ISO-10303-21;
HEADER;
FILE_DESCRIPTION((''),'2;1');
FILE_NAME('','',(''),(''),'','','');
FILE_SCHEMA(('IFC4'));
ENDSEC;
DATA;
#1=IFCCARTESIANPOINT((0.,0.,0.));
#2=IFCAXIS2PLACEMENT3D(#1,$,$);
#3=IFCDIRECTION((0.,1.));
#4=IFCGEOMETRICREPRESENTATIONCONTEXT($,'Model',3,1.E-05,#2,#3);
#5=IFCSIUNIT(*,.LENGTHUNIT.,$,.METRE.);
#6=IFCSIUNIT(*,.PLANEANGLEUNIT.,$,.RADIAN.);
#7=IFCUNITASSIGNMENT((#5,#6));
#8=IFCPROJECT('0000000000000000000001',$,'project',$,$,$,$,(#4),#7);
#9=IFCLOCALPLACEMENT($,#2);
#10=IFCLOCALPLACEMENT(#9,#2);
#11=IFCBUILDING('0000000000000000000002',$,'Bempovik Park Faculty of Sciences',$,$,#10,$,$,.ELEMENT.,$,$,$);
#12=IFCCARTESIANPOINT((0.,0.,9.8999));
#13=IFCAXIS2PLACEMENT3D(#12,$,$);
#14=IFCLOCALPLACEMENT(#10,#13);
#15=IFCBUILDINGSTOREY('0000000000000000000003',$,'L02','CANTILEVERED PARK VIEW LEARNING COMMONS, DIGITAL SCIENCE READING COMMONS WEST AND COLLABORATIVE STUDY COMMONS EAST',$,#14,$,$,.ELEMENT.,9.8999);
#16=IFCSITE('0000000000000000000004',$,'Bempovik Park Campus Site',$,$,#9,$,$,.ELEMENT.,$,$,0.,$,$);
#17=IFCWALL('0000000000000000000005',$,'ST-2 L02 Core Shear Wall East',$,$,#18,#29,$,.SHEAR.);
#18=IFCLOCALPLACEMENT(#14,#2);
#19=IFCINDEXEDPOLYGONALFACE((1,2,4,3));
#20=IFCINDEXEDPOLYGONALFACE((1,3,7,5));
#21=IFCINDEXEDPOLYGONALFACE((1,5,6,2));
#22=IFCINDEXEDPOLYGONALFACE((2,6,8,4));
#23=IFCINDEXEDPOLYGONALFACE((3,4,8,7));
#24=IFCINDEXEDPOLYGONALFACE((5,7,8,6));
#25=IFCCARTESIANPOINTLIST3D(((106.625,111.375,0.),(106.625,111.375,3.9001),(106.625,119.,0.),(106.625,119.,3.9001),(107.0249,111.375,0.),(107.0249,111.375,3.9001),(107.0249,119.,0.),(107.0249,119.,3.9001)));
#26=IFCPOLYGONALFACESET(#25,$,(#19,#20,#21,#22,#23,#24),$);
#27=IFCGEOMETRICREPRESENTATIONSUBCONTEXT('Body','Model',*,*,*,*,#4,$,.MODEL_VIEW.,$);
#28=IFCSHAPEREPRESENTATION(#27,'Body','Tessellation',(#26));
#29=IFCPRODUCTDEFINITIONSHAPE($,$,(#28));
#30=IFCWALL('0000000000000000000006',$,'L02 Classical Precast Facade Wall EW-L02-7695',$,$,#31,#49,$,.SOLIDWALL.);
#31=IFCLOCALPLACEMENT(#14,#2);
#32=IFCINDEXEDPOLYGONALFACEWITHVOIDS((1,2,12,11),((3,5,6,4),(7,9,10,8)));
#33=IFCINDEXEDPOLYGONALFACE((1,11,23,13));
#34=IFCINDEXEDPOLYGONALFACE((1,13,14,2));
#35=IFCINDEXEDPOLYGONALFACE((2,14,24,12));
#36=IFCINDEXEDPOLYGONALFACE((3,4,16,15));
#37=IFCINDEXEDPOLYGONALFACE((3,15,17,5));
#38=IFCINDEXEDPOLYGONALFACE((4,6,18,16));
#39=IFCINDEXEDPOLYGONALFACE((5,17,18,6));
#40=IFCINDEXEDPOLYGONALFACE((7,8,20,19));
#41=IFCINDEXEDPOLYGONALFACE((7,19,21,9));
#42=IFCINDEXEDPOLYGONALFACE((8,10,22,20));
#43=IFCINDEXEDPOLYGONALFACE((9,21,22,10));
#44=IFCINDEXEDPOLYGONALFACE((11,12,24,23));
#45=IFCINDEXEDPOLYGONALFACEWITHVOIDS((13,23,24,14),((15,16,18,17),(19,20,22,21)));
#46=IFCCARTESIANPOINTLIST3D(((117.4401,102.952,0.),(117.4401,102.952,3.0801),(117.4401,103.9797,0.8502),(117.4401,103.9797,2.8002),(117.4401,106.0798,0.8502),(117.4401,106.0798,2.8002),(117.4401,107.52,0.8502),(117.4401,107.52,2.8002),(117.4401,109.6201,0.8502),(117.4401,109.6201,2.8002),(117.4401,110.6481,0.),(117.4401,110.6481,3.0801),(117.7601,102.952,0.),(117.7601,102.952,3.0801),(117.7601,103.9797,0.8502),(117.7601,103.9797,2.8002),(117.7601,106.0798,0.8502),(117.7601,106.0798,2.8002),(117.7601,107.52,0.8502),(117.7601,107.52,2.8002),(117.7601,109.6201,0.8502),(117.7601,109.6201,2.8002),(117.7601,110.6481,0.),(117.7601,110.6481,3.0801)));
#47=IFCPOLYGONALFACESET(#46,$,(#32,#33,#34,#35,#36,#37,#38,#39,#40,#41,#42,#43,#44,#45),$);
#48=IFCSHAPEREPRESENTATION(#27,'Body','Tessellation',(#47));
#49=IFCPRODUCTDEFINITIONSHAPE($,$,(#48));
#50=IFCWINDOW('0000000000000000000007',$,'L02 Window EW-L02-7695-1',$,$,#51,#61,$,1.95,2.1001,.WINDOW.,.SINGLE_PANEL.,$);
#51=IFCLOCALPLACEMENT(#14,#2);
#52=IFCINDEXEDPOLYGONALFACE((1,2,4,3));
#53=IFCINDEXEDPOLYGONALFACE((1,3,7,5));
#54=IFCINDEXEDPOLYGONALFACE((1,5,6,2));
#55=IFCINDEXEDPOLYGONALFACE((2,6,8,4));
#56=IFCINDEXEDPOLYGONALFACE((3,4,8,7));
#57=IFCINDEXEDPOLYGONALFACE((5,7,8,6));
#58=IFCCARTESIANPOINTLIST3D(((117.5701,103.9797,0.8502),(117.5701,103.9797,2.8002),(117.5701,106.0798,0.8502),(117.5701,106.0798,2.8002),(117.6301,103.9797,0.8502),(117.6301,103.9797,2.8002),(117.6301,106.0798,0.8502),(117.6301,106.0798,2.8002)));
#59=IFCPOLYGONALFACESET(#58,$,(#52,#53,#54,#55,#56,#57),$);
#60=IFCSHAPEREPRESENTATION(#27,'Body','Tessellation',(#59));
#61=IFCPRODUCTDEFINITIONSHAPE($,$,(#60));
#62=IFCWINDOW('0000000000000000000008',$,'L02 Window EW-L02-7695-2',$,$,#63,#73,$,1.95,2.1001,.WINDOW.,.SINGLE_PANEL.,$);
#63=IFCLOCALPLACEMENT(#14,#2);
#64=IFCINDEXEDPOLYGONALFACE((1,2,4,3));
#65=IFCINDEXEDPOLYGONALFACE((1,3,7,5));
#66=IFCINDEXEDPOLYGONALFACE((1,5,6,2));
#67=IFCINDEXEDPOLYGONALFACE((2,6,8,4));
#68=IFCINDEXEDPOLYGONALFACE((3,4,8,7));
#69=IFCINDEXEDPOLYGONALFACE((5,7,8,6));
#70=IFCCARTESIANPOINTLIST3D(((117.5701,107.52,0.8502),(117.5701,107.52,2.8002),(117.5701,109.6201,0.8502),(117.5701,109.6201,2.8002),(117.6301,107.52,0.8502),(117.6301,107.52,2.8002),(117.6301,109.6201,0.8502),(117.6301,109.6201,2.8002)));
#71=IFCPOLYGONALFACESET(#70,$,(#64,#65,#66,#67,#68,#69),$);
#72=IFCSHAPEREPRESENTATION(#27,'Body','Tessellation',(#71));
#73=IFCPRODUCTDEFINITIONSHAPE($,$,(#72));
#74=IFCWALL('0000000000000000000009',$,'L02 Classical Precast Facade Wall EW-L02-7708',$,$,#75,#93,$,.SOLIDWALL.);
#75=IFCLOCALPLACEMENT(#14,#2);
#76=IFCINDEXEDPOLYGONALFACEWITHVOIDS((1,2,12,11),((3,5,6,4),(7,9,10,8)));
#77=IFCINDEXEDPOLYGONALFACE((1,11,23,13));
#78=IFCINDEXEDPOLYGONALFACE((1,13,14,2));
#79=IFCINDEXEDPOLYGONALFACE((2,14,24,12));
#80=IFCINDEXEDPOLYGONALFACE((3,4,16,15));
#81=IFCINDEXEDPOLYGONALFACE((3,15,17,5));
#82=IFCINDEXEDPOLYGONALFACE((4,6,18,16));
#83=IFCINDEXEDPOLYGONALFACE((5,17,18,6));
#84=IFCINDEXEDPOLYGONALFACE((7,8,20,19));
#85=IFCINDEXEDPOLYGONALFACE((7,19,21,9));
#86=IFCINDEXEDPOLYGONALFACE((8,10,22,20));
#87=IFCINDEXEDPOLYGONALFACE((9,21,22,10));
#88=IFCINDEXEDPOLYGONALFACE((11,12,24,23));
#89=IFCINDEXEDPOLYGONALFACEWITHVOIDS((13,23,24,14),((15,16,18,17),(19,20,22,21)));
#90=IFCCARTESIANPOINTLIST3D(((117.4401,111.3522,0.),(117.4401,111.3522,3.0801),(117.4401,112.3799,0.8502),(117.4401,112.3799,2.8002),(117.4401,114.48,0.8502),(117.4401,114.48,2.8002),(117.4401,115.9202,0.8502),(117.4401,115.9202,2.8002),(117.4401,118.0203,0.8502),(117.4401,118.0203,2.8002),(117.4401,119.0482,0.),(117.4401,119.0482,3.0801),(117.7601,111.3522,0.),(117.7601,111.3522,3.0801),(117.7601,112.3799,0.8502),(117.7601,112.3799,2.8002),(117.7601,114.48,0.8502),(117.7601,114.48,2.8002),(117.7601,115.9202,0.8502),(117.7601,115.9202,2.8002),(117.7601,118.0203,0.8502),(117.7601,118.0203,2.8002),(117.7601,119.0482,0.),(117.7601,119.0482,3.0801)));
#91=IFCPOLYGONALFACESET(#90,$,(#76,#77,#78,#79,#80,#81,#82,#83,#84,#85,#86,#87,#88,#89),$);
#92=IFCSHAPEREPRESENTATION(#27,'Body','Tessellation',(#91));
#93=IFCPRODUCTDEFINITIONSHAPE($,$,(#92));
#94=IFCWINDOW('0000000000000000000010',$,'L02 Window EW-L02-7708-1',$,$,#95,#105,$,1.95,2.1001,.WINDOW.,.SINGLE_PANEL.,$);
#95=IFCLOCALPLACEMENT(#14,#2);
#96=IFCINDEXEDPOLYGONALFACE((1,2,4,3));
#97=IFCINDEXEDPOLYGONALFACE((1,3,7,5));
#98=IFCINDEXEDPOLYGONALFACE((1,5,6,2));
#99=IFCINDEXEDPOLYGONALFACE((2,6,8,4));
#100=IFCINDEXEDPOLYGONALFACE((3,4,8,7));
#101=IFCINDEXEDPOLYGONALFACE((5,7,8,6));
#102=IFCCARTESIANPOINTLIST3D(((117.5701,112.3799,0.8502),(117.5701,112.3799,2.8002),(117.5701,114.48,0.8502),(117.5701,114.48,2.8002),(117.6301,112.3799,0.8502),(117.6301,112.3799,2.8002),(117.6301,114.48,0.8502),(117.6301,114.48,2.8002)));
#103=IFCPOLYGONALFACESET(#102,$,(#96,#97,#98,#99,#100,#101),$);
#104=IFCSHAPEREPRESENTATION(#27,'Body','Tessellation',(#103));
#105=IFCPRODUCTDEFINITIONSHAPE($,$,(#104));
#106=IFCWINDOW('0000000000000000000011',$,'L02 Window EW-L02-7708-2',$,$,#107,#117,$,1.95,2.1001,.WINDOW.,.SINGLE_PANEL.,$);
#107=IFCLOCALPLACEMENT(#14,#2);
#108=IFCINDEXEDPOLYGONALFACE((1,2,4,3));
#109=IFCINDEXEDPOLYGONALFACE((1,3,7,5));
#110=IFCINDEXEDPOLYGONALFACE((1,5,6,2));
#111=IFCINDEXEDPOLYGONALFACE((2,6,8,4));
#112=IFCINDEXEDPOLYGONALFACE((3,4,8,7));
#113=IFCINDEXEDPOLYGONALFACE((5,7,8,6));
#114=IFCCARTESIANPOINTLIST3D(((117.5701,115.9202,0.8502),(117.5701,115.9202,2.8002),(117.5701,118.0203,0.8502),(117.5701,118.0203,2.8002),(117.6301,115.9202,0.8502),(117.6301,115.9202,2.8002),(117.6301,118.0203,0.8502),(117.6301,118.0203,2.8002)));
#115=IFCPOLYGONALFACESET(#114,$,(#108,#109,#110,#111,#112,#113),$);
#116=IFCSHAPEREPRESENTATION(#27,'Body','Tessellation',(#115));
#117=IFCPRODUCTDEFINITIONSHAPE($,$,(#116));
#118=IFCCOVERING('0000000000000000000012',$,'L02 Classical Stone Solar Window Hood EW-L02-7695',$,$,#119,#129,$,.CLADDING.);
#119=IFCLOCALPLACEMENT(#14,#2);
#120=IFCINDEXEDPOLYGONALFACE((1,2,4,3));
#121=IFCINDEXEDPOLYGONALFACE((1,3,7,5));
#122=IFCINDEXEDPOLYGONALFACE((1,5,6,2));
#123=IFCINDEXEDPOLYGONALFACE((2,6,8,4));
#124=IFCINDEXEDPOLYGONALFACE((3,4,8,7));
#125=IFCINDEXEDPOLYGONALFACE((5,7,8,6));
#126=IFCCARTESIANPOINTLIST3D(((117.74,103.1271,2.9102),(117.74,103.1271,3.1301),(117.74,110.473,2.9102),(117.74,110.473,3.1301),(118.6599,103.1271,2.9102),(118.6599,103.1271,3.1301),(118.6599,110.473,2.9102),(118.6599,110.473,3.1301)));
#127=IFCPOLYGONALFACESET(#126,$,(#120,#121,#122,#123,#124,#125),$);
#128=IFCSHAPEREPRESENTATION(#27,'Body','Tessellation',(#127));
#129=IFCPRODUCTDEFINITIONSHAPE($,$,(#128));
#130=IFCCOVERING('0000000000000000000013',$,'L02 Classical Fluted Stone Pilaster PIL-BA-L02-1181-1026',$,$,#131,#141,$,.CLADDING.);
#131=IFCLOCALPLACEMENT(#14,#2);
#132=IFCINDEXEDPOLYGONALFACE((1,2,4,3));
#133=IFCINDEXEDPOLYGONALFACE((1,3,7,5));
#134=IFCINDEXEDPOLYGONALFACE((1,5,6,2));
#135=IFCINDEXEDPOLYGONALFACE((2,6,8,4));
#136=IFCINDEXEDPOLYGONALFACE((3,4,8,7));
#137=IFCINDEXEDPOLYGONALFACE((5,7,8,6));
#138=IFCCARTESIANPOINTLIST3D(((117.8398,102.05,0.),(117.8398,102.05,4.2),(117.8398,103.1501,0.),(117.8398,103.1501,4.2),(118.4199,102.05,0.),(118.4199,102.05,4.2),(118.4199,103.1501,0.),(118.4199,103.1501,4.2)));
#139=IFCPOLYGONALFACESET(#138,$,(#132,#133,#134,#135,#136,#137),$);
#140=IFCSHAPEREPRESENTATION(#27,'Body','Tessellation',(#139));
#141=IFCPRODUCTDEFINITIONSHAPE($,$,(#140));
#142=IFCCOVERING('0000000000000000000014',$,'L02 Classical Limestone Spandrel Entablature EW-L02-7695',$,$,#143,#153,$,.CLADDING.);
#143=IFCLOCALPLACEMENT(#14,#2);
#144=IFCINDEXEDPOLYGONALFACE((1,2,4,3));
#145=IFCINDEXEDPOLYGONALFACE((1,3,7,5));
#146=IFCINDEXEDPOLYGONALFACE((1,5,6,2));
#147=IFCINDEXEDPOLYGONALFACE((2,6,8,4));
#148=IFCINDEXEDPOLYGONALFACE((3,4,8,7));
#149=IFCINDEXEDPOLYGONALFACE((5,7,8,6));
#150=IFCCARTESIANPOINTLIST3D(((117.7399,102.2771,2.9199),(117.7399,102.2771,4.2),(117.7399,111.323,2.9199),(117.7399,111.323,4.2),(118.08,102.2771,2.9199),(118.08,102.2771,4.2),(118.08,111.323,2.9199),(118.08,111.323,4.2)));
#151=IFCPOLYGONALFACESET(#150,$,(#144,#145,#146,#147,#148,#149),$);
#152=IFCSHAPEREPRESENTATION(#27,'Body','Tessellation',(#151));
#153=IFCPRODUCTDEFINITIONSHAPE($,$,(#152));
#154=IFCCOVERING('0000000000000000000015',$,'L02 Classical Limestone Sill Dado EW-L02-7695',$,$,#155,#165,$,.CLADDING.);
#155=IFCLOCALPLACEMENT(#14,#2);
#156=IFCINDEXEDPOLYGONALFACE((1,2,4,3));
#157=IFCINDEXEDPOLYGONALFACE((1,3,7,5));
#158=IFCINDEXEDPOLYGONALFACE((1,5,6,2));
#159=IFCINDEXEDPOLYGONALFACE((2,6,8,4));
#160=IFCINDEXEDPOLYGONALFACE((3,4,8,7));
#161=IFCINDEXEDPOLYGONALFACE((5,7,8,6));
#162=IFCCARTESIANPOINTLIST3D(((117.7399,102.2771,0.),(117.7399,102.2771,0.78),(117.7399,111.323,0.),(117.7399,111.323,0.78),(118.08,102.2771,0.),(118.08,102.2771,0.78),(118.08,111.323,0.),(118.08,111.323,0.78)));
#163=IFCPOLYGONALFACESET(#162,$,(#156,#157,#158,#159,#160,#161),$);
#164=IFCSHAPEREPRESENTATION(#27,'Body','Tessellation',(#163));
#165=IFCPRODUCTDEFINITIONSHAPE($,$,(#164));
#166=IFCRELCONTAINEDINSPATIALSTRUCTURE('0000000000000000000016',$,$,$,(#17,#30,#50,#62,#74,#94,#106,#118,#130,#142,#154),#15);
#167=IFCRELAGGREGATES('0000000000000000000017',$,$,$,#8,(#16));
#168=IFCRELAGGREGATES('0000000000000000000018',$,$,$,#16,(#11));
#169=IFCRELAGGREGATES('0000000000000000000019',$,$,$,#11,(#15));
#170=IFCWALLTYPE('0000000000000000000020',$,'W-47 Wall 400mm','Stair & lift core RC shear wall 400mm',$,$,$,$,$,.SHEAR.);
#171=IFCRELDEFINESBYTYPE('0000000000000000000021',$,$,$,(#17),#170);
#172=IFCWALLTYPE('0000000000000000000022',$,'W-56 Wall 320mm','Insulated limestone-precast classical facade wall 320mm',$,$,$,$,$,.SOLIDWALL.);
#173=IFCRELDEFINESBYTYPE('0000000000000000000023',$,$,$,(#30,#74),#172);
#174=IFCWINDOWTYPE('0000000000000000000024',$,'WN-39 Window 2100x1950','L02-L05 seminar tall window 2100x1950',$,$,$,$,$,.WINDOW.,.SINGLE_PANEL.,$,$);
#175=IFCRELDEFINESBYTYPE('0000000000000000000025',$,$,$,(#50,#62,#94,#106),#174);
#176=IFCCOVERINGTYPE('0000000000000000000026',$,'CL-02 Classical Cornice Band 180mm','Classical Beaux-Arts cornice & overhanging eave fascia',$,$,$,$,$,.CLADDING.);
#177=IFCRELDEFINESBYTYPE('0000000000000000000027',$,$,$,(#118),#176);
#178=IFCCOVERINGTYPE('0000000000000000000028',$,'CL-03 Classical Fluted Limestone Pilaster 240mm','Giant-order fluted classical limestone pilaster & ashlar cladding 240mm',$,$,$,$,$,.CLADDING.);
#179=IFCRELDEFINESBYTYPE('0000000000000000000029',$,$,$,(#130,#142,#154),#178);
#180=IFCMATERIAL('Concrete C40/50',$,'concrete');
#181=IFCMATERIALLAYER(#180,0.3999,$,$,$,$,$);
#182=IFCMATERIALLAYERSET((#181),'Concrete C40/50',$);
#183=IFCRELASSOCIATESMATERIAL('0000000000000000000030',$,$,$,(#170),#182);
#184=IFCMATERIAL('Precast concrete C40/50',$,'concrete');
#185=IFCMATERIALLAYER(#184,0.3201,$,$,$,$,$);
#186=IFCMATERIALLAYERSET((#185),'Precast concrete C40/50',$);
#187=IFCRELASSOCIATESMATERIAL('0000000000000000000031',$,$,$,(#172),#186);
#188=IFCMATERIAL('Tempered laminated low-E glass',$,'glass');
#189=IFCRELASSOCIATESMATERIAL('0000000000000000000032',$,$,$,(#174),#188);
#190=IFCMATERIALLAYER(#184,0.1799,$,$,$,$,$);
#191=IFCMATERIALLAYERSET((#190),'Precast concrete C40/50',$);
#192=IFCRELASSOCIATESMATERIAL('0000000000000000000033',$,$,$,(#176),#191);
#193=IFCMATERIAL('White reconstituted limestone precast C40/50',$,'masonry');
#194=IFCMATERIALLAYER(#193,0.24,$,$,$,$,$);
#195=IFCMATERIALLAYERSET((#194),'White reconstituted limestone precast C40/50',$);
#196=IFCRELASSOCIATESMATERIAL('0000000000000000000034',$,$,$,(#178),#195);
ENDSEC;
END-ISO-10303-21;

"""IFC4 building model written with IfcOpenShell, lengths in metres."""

from ifc_helpers import new_model, si_unit, direction, frame, frame_2d, origin, origin_2d, place, context, subcontext, project, spatial, rectangle, extrude, material, layer, layer_set, type_object, element, fill, save


model = new_model("IFC4")

# Units and contexts
model_context = context("Model", 3, precision=1e-05, world=origin(), true_north=direction((0.0, 1.0)))
body_context = subcontext(model_context, "Body", "Model", "MODEL_VIEW")
ifc_project = project(units=[si_unit("LENGTHUNIT", "METRE"), si_unit("PLANEANGLEUNIT", "RADIAN")], contexts=[model_context])

# Site, building, storey
site_placement = place(None, origin())
site = spatial("IfcSite", under=ifc_project, at=site_placement, Name="Bempovik Park Campus Site", CompositionType="ELEMENT", RefElevation=0.0)
building_placement = place(site_placement, origin())
building = spatial("IfcBuilding", under=site, at=building_placement, Name="Bempovik Park Faculty of Sciences", CompositionType="ELEMENT")
storey_placement = place(building_placement, frame((0.0, 0.0, 9.8999)))
storey = spatial("IfcBuildingStorey", under=building, at=storey_placement, Name="L02", Description="CANTILEVERED PARK VIEW LEARNING COMMONS, DIGITAL SCIENCE READING COMMONS WEST AND COLLABORATIVE STUDY COMMONS EAST", CompositionType="ELEMENT", Elevation=9.8999)

# Shared definitions
ifc_material_1 = material(Name="Concrete C40/50", Category="concrete")

# Wall
ifc_layer_1 = layer(ifc_material_1, 0.3999)
ifc_layer_set_1 = layer_set([ifc_layer_1], Name="Concrete C40/50")
wall_type_1 = type_object("IfcWallType", Name="W-47 Wall 400mm", Description="Stair & lift core RC shear wall 400mm", PredefinedType="SHEAR", material=ifc_layer_set_1)
wall_1_placement = place(storey_placement, frame((106.825, 111.375, 0.0), z_axis=(0.0, 0.0, 1.0), x_axis=(0.0, 1.0, 0.0)))
element("IfcWall", 1, at=wall_1_placement, inside=storey, type_object=wall_type_1, Name="ST-2 L02 Core Shear Wall East", PredefinedType="SHEAR", context=body_context, shape_type="SweptSolid", body=[
    extrude(rectangle(XDim=7.625, YDim=0.3999, at=frame_2d((3.8125, 0.0))), origin(), (0.0, 0.0, 1.0), 3.9001),
])

# Walls, openings, windows
ifc_material_2 = material(Name="Precast concrete C40/50", Category="concrete")
ifc_layer_2 = layer(ifc_material_2, 0.3201)
ifc_layer_set_2 = layer_set([ifc_layer_2], Name="Precast concrete C40/50")
wall_type_2 = type_object("IfcWallType", Name="W-56 Wall 320mm", Description="Insulated limestone-precast classical facade wall 320mm", PredefinedType="SOLIDWALL", material=ifc_layer_set_2)
wall_2_placement = place(storey_placement, frame((117.6001, 102.9519, 0.0), z_axis=(0.0, 0.0, 1.0), x_axis=(0.0, 1.0, 0.0)))
wall_2 = element("IfcWall", 2, at=wall_2_placement, inside=storey, type_object=wall_type_2, Name="L02 Classical Precast Facade Wall EW-L02-7695", PredefinedType="SOLIDWALL", context=body_context, shape_type="SweptSolid", body=[
    extrude(rectangle(XDim=7.696, YDim=0.3201, at=frame_2d((3.8481, 0.0))), origin(), (0.0, 0.0, 1.0), 3.0801),
])
opening_1_placement = place(wall_2_placement, frame((1.0278, 0.0, 0.8501)))
opening_1 = element("IfcOpeningElement", 3, at=opening_1_placement, cuts=wall_2, PredefinedType="OPENING", context=body_context, shape_type="SweptSolid", body=[
    extrude(rectangle(XDim=2.1001, YDim=1.95, at=frame_2d((1.05, 0.9751))), frame((0.0, 0.1699, 0.0), z_axis=(0.0, -1.0, 0.0), x_axis=(1.0, 0.0, 0.0)), (0.0, 0.0, 1.0), 0.3401),
])
opening_2_placement = place(wall_2_placement, frame((4.5681, 0.0, 0.8501)))
opening_2 = element("IfcOpeningElement", 4, at=opening_2_placement, cuts=wall_2, PredefinedType="OPENING", context=body_context, shape_type="SweptSolid", body=[
    extrude(rectangle(XDim=2.1001, YDim=1.95, at=frame_2d((1.05, 0.9751))), frame((0.0, 0.1699, 0.0), z_axis=(0.0, -1.0, 0.0), x_axis=(1.0, 0.0, 0.0)), (0.0, 0.0, 1.0), 0.3401),
])
ifc_material_3 = material(Name="Tempered laminated low-E glass", Category="glass")
window_type = type_object("IfcWindowType", Name="WN-39 Window 2100x1950", Description="L02-L05 seminar tall window 2100x1950", PartitioningType="SINGLE_PANEL", PredefinedType="WINDOW", material=ifc_material_3)
window_1_placement = place(opening_1_placement, origin())
window_1 = element("IfcWindow", 5, at=window_1_placement, inside=storey, type_object=window_type, Name="L02 Window EW-L02-7695-1", OverallHeight=1.95, OverallWidth=2.1001, PartitioningType="SINGLE_PANEL", PredefinedType="WINDOW", context=body_context, shape_type="SweptSolid", body=[
    extrude(rectangle(XDim=2.1001, YDim=1.95, at=frame_2d((1.05, 0.9751))), frame((0.0, 0.03, 0.0), z_axis=(0.0, -1.0, 0.0), x_axis=(1.0, 0.0, 0.0)), (0.0, 0.0, 1.0), 0.0601),
])
fill(opening_1, window_1)
window_2_placement = place(opening_2_placement, origin())
window_2 = element("IfcWindow", 6, at=window_2_placement, inside=storey, type_object=window_type, Name="L02 Window EW-L02-7695-2", OverallHeight=1.95, OverallWidth=2.1001, PartitioningType="SINGLE_PANEL", PredefinedType="WINDOW", context=body_context, shape_type="SweptSolid", body=[
    extrude(rectangle(XDim=2.1001, YDim=1.95, at=frame_2d((1.05, 0.9751))), frame((0.0, 0.03, 0.0), z_axis=(0.0, -1.0, 0.0), x_axis=(1.0, 0.0, 0.0)), (0.0, 0.0, 1.0), 0.0601),
])
fill(opening_2, window_2)
wall_3_placement = place(storey_placement, frame((117.6001, 111.3521, 0.0), z_axis=(0.0, 0.0, 1.0), x_axis=(0.0, 1.0, 0.0)))
wall_3 = element("IfcWall", 7, at=wall_3_placement, inside=storey, type_object=wall_type_2, Name="L02 Classical Precast Facade Wall EW-L02-7708", PredefinedType="SOLIDWALL", context=body_context, shape_type="SweptSolid", body=[
    extrude(rectangle(XDim=7.696, YDim=0.3201, at=frame_2d((3.8481, 0.0))), origin(), (0.0, 0.0, 1.0), 3.0801),
])
opening_3_placement = place(wall_3_placement, frame((1.0278, 0.0, 0.8501)))
opening_3 = element("IfcOpeningElement", 8, at=opening_3_placement, cuts=wall_3, PredefinedType="OPENING", context=body_context, shape_type="SweptSolid", body=[
    extrude(rectangle(XDim=2.1001, YDim=1.95, at=frame_2d((1.05, 0.9751))), frame((0.0, 0.1699, 0.0), z_axis=(0.0, -1.0, 0.0), x_axis=(1.0, 0.0, 0.0)), (0.0, 0.0, 1.0), 0.3401),
])
opening_4_placement = place(wall_3_placement, frame((4.5681, 0.0, 0.8501)))
opening_4 = element("IfcOpeningElement", 9, at=opening_4_placement, cuts=wall_3, PredefinedType="OPENING", context=body_context, shape_type="SweptSolid", body=[
    extrude(rectangle(XDim=2.1001, YDim=1.95, at=frame_2d((1.05, 0.9751))), frame((0.0, 0.1699, 0.0), z_axis=(0.0, -1.0, 0.0), x_axis=(1.0, 0.0, 0.0)), (0.0, 0.0, 1.0), 0.3401),
])
window_3_placement = place(opening_3_placement, origin())
window_3 = element("IfcWindow", 10, at=window_3_placement, inside=storey, type_object=window_type, Name="L02 Window EW-L02-7708-1", OverallHeight=1.95, OverallWidth=2.1001, PartitioningType="SINGLE_PANEL", PredefinedType="WINDOW", context=body_context, shape_type="SweptSolid", body=[
    extrude(rectangle(XDim=2.1001, YDim=1.95, at=frame_2d((1.05, 0.9751))), frame((0.0, 0.03, 0.0), z_axis=(0.0, -1.0, 0.0), x_axis=(1.0, 0.0, 0.0)), (0.0, 0.0, 1.0), 0.0601),
])
fill(opening_3, window_3)
window_4_placement = place(opening_4_placement, origin())
window_4 = element("IfcWindow", 11, at=window_4_placement, inside=storey, type_object=window_type, Name="L02 Window EW-L02-7708-2", OverallHeight=1.95, OverallWidth=2.1001, PartitioningType="SINGLE_PANEL", PredefinedType="WINDOW", context=body_context, shape_type="SweptSolid", body=[
    extrude(rectangle(XDim=2.1001, YDim=1.95, at=frame_2d((1.05, 0.9751))), frame((0.0, 0.03, 0.0), z_axis=(0.0, -1.0, 0.0), x_axis=(1.0, 0.0, 0.0)), (0.0, 0.0, 1.0), 0.0601),
])
fill(opening_4, window_4)

# Coverings
ifc_layer_3 = layer(ifc_material_2, 0.1799)
ifc_layer_set_3 = layer_set([ifc_layer_3], Name="Precast concrete C40/50")
covering_type_1 = type_object("IfcCoveringType", Name="CL-02 Classical Cornice Band 180mm", Description="Classical Beaux-Arts cornice & overhanging eave fascia", PredefinedType="CLADDING", material=ifc_layer_set_3)
covering_1_placement = place(storey_placement, frame((118.2, 106.8, 2.9102), z_axis=(0.0, 0.0, 1.0), x_axis=(1.0, 0.0, 0.0)))
element("IfcCovering", 12, at=covering_1_placement, inside=storey, type_object=covering_type_1, Name="L02 Classical Stone Solar Window Hood EW-L02-7695", PredefinedType="CLADDING", context=body_context, shape_type="SweptSolid", body=[
    extrude(rectangle(XDim=0.9199, YDim=7.3459, at=origin_2d()), origin(), (0.0, 0.0, 1.0), 0.22),
])
ifc_material_4 = material(Name="White reconstituted limestone precast C40/50", Category="masonry")
ifc_layer_4 = layer(ifc_material_4, 0.24)
ifc_layer_set_4 = layer_set([ifc_layer_4], Name="White reconstituted limestone precast C40/50")
covering_type_2 = type_object("IfcCoveringType", Name="CL-03 Classical Fluted Limestone Pilaster 240mm", Description="Giant-order fluted classical limestone pilaster & ashlar cladding 240mm", PredefinedType="CLADDING", material=ifc_layer_set_4)
covering_2_placement = place(storey_placement, frame((118.1299, 102.6001, 0.0), z_axis=(0.0, 0.0, 1.0), x_axis=(1.0, 0.0, 0.0)))
element("IfcCovering", 13, at=covering_2_placement, inside=storey, type_object=covering_type_2, Name="L02 Classical Fluted Stone Pilaster PIL-BA-L02-1181-1026", PredefinedType="CLADDING", context=body_context, shape_type="SweptSolid", body=[
    extrude(rectangle(XDim=0.5801, YDim=1.1001, at=origin_2d()), origin(), (0.0, 0.0, 1.0), 4.2),
])
covering_3_placement = place(storey_placement, frame((117.9099, 106.8, 2.9199), z_axis=(0.0, 0.0, 1.0), x_axis=(1.0, 0.0, 0.0)))
element("IfcCovering", 14, at=covering_3_placement, inside=storey, type_object=covering_type_2, Name="L02 Classical Limestone Spandrel Entablature EW-L02-7695", PredefinedType="CLADDING", context=body_context, shape_type="SweptSolid", body=[
    extrude(rectangle(XDim=0.3401, YDim=9.0459, at=origin_2d()), origin(), (0.0, 0.0, 1.0), 1.28),
])
covering_4_placement = place(storey_placement, frame((117.9099, 106.8, 0.0), z_axis=(0.0, 0.0, 1.0), x_axis=(1.0, 0.0, 0.0)))
element("IfcCovering", 15, at=covering_4_placement, inside=storey, type_object=covering_type_2, Name="L02 Classical Limestone Sill Dado EW-L02-7695", PredefinedType="CLADDING", context=body_context, shape_type="SweptSolid", body=[
    extrude(rectangle(XDim=0.3401, YDim=9.0459, at=origin_2d()), origin(), (0.0, 0.0, 1.0), 0.78),
])

save(model, "model.ifc")
